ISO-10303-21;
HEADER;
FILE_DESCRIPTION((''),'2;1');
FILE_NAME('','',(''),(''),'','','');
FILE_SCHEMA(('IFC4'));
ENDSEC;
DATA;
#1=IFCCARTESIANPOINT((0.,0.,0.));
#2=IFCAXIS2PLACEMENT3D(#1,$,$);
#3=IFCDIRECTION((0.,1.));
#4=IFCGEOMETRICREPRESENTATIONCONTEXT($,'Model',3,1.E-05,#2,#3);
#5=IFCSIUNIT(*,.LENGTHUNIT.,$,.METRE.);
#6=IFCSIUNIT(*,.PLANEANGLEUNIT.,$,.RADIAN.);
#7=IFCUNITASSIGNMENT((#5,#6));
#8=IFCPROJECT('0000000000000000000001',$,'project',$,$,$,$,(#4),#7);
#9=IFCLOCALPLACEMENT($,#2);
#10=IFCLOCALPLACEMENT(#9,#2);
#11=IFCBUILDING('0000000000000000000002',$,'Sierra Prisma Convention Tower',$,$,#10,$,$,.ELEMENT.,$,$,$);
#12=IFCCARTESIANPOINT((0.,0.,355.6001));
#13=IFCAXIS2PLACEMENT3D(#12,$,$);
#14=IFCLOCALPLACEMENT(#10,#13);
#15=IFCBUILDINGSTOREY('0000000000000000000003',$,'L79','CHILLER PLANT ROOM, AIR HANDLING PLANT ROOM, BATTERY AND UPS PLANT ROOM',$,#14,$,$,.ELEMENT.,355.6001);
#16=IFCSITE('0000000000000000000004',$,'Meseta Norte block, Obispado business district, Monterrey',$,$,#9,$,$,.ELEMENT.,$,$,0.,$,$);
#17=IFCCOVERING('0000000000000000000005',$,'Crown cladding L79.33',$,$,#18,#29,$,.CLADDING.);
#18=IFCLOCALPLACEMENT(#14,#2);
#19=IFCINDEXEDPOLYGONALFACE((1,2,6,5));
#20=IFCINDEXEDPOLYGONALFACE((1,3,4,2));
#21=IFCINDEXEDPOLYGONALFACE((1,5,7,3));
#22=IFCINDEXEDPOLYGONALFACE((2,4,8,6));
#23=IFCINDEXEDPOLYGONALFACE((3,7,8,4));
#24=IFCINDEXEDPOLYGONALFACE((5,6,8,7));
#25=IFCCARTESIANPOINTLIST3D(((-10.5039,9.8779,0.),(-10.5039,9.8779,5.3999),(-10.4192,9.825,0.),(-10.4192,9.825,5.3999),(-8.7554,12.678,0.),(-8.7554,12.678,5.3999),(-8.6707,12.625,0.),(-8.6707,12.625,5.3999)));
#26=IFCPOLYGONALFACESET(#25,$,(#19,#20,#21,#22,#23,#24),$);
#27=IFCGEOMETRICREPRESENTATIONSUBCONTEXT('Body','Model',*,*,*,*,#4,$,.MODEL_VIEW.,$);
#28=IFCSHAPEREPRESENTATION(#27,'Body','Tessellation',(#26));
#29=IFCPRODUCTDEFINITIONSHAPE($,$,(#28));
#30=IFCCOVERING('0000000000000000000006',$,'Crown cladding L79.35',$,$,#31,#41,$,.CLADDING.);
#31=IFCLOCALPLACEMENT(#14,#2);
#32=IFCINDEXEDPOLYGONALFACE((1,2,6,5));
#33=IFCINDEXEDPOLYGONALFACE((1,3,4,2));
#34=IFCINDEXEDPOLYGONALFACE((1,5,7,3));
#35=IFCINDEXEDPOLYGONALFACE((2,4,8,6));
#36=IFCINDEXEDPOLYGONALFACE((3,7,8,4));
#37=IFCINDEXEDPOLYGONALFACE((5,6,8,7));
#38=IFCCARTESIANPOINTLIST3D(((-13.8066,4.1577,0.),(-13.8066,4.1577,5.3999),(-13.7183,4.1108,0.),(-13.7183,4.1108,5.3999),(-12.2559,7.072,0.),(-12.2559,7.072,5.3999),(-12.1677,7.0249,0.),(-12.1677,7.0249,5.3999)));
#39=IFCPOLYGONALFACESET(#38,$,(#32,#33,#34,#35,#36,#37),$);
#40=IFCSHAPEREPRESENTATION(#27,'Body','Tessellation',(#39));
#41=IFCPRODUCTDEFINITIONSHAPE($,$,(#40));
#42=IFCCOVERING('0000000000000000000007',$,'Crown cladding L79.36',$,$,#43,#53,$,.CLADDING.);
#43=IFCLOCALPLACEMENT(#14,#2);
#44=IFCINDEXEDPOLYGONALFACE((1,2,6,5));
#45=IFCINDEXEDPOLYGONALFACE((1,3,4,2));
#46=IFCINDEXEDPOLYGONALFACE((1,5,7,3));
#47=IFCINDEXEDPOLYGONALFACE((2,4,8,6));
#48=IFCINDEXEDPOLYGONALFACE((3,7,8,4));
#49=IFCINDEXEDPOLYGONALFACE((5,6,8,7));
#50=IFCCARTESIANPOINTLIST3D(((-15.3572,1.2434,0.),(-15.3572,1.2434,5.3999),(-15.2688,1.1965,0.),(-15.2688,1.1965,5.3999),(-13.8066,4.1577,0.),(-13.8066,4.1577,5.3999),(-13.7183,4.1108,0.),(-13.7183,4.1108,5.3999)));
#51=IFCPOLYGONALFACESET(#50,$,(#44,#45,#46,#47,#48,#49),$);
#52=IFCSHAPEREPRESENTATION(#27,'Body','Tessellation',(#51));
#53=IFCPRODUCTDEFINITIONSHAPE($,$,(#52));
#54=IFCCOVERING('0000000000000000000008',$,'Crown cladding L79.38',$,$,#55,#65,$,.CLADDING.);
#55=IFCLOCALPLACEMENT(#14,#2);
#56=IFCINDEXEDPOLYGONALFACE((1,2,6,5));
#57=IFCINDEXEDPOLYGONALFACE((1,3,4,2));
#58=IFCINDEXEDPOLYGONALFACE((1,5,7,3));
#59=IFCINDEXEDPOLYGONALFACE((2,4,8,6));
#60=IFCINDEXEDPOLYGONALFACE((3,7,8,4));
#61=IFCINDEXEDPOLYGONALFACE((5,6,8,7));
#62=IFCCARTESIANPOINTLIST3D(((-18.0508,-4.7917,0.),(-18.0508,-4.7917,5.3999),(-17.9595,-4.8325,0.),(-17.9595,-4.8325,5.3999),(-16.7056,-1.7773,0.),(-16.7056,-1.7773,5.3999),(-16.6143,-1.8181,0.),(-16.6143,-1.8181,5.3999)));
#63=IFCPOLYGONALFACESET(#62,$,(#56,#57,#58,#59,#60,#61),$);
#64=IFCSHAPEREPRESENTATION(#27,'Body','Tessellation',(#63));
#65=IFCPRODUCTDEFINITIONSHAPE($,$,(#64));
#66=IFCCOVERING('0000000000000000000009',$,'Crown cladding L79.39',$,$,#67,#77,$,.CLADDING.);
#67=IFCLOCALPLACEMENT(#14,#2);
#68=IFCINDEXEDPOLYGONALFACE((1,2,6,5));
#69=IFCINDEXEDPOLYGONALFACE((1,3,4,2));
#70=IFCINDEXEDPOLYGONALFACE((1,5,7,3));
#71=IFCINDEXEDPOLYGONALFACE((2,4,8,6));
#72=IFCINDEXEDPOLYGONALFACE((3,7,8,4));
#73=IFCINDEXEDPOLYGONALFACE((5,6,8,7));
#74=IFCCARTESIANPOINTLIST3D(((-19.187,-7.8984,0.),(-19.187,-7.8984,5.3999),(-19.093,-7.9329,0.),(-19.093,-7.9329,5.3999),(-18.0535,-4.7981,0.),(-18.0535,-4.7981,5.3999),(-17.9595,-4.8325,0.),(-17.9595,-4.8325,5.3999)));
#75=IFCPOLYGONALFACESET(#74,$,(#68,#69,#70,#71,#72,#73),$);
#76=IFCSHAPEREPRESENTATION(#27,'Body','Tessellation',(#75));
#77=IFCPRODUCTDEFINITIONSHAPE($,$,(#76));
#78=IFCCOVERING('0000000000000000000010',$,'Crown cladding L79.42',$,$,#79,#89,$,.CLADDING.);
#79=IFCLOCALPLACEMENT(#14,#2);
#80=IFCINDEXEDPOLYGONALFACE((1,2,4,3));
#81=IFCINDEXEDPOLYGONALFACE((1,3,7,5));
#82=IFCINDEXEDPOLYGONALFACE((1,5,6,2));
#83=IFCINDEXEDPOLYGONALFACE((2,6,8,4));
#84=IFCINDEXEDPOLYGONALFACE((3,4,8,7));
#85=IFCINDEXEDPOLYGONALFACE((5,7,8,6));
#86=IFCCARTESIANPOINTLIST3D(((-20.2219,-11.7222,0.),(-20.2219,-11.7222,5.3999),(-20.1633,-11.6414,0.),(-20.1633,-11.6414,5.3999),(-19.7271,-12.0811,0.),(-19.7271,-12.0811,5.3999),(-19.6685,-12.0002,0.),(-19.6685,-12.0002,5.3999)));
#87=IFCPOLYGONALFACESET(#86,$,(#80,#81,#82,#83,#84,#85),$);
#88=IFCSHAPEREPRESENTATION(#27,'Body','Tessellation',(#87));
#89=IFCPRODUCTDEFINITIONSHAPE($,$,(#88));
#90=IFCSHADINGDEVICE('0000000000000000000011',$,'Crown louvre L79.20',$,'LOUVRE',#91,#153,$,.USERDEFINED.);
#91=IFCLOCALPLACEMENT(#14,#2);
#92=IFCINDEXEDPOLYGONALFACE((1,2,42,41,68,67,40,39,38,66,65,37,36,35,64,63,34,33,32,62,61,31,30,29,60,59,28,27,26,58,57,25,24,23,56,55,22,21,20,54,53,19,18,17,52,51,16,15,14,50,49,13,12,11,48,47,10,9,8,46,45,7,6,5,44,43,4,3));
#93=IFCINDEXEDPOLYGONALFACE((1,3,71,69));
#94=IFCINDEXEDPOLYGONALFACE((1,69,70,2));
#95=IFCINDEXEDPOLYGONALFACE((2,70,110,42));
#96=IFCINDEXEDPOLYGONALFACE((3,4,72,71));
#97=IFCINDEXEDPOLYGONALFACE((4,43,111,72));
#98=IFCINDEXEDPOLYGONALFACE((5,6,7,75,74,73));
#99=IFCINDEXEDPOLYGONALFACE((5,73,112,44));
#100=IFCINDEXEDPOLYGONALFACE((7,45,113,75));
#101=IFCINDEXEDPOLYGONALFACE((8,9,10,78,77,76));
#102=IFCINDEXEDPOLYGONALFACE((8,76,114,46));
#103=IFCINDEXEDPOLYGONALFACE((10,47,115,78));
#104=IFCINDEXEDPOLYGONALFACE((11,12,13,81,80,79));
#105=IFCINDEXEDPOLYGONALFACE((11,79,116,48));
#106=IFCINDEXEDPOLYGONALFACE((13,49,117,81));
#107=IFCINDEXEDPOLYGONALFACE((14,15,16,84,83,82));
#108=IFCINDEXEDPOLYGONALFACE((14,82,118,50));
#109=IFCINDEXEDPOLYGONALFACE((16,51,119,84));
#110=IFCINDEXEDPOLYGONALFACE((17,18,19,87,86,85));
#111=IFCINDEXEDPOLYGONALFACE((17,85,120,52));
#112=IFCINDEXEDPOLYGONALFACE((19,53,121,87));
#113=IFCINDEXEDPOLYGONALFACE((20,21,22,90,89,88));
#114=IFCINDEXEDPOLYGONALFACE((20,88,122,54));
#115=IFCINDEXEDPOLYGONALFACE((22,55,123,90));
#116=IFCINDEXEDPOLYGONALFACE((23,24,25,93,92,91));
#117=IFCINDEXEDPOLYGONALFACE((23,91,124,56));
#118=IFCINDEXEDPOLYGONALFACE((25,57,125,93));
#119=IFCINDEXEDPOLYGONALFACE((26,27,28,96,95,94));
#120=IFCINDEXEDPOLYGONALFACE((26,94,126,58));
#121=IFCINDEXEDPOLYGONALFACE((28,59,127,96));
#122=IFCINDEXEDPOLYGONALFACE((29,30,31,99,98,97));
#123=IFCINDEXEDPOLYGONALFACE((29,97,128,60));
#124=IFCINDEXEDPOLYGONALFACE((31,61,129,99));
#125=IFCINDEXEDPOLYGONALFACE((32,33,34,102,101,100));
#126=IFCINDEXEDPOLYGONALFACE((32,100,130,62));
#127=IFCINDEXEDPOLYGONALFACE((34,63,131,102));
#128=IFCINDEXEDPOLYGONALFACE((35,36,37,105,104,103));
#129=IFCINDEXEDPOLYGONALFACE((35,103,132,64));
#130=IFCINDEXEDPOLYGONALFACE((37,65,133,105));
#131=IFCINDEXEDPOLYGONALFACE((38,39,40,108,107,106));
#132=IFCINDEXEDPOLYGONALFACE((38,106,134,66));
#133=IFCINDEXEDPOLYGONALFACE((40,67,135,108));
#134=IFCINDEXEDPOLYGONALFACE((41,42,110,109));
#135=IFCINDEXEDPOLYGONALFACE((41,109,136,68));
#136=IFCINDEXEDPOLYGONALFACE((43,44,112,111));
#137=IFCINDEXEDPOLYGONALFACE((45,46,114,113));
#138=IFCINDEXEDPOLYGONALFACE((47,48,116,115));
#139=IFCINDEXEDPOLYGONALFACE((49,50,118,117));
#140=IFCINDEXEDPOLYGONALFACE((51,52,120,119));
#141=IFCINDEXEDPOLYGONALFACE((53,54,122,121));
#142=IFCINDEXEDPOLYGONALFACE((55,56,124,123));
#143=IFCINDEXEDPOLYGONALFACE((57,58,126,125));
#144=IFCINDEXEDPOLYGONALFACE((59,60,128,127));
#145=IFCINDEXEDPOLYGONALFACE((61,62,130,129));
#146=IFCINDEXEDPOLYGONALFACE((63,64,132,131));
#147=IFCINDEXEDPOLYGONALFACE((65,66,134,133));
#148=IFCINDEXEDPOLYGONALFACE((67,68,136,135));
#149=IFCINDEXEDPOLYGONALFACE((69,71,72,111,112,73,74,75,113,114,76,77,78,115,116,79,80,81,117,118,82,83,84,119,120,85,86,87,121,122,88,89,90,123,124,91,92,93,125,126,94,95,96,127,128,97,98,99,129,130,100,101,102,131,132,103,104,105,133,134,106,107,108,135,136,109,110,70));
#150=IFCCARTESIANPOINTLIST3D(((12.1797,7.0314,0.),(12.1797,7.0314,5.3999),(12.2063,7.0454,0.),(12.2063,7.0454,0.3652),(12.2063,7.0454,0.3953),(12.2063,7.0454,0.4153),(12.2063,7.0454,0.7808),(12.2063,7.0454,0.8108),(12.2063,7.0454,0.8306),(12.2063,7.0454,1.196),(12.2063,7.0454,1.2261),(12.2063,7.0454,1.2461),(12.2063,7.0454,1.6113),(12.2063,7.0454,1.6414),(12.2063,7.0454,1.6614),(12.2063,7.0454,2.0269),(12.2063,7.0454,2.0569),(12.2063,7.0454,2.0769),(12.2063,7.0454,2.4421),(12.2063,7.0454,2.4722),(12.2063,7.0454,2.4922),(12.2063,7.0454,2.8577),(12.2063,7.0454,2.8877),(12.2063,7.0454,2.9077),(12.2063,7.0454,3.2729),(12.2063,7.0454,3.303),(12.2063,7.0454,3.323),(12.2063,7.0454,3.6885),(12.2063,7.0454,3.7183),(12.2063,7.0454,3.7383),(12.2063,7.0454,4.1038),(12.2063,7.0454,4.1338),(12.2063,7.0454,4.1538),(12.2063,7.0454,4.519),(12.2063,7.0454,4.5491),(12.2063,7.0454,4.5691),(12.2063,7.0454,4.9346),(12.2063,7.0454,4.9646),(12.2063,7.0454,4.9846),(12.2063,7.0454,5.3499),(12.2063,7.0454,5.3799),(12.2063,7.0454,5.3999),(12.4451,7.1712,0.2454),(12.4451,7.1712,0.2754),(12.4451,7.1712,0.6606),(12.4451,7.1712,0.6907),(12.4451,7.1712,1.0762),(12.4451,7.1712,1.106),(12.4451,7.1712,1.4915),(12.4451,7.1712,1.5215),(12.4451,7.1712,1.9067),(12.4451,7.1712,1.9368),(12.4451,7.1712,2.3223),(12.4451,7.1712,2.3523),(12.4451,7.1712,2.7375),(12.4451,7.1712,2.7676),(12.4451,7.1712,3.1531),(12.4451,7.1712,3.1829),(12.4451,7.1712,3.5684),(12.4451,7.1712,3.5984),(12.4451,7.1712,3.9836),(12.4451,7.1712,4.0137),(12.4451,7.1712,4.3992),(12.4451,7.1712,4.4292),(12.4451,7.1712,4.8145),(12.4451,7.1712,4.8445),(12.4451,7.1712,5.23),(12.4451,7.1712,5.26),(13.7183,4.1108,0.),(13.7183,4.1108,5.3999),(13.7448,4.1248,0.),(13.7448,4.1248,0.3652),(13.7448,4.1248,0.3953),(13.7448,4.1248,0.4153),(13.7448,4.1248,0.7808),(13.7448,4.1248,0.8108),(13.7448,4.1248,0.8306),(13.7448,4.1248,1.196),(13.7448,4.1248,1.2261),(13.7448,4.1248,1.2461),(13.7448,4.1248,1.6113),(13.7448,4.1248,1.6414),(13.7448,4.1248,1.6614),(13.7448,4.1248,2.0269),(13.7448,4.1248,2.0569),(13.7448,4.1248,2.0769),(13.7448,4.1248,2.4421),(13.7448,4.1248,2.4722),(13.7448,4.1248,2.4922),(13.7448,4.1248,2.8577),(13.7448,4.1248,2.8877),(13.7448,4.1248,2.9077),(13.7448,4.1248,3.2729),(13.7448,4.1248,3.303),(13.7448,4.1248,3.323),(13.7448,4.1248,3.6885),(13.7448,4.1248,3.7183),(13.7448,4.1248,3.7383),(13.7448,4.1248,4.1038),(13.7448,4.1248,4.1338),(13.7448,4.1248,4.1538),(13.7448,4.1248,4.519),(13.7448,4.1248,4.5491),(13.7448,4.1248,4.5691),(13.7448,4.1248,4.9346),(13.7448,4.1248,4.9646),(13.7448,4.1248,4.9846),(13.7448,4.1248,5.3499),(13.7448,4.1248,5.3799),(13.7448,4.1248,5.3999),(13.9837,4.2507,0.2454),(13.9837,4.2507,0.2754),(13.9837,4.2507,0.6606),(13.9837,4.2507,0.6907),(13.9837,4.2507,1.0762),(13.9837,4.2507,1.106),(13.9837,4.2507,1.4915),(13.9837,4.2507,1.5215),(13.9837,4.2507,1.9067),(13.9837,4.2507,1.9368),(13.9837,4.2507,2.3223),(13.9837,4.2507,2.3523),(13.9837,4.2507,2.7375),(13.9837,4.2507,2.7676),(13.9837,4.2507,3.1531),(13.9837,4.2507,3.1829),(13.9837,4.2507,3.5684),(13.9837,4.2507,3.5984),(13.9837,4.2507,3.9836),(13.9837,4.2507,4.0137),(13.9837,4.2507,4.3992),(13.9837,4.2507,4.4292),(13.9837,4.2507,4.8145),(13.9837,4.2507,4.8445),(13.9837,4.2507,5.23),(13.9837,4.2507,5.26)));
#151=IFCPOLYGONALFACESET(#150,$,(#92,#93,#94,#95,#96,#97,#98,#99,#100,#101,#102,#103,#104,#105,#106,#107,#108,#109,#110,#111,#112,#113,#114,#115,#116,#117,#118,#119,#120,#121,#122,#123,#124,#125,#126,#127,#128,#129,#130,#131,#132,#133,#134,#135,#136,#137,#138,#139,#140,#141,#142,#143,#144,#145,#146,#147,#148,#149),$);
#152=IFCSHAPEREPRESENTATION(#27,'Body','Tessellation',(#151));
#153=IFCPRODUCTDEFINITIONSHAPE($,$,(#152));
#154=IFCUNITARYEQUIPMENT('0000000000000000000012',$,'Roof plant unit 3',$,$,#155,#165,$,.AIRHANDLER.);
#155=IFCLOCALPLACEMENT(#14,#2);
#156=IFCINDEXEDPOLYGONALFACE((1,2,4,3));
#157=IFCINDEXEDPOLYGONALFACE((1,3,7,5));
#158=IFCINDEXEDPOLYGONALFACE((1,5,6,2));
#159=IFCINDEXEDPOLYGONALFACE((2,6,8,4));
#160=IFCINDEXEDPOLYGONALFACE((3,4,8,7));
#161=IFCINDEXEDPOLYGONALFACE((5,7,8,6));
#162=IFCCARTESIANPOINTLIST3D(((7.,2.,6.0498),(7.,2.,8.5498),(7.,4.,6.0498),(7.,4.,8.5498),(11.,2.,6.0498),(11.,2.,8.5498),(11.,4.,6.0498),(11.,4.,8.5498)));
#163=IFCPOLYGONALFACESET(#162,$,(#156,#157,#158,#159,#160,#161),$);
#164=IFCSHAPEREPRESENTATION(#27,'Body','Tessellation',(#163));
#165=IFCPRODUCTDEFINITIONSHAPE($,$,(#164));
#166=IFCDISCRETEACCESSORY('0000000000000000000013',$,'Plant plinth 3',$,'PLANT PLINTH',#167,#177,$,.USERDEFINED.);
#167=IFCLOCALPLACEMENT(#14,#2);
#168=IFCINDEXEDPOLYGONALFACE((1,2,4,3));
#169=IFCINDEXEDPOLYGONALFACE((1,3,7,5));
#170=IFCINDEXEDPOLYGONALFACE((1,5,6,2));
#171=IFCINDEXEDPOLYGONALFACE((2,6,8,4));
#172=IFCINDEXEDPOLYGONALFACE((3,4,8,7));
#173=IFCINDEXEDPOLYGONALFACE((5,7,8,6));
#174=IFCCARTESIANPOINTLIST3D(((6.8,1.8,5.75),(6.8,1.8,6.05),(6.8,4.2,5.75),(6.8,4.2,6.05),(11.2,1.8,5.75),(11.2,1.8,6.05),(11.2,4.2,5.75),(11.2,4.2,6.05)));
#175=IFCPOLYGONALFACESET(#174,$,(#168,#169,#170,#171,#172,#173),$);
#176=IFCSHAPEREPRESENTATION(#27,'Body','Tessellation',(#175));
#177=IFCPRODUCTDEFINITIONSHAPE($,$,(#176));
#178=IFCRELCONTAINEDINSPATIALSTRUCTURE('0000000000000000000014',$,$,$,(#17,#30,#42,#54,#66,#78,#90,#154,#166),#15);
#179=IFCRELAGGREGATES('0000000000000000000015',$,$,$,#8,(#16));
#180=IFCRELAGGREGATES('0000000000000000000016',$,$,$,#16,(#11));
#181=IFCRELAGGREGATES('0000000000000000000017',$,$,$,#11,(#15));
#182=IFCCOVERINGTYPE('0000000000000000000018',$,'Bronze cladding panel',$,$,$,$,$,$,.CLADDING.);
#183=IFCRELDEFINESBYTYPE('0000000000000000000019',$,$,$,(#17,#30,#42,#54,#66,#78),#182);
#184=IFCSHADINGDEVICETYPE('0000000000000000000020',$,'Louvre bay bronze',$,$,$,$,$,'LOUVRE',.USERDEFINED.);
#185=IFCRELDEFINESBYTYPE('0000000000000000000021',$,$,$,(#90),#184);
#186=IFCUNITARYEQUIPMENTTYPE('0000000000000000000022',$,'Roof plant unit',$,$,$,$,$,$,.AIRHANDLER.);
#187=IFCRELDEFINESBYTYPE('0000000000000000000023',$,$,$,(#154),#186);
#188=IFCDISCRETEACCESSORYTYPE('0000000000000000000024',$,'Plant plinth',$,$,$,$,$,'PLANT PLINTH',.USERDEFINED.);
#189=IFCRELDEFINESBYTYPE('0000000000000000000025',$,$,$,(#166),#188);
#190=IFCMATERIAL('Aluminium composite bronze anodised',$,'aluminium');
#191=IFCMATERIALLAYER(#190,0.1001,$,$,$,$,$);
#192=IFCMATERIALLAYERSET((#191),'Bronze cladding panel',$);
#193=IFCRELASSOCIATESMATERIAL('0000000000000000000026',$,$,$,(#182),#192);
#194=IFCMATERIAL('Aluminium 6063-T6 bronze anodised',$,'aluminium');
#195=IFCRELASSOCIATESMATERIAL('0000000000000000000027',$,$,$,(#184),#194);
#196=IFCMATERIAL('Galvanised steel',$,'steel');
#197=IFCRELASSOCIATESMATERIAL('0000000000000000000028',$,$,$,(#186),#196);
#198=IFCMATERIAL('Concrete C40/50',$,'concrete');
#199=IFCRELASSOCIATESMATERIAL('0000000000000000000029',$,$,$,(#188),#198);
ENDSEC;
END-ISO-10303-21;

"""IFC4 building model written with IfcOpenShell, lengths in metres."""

from ifc_helpers import new_model, si_unit, direction, frame, origin, origin_2d, place, context, subcontext, project, spatial, polyline, rectangle, outline, extrude, material, layer, layer_set, type_object, element, save


model = new_model("IFC4")

# Units and contexts
model_context = context("Model", 3, precision=1e-05, world=origin(), true_north=direction((0.0, 1.0)))
body_context = subcontext(model_context, "Body", "Model", "MODEL_VIEW")
ifc_project = project(units=[si_unit("LENGTHUNIT", "METRE"), si_unit("PLANEANGLEUNIT", "RADIAN")], contexts=[model_context])

# Site, building, storey
site_placement = place(None, origin())
site = spatial("IfcSite", under=ifc_project, at=site_placement, Name="Meseta Norte block, Obispado business district, Monterrey", CompositionType="ELEMENT", RefElevation=0.0)
building_placement = place(site_placement, origin())
building = spatial("IfcBuilding", under=site, at=building_placement, Name="Sierra Prisma Convention Tower", CompositionType="ELEMENT")
storey_placement = place(building_placement, frame((0.0, 0.0, 355.6001)))
storey = spatial("IfcBuildingStorey", under=building, at=storey_placement, Name="L79", Description="CHILLER PLANT ROOM, AIR HANDLING PLANT ROOM, BATTERY AND UPS PLANT ROOM", CompositionType="ELEMENT", Elevation=355.6001)

# Coverings
ifc_material_1 = material(Name="Aluminium composite bronze anodised", Category="aluminium")
ifc_layer_1 = layer(ifc_material_1, 0.1001)
ifc_layer_set_1 = layer_set([ifc_layer_1], Name="Bronze cladding panel")
covering_type = type_object("IfcCoveringType", Name="Bronze cladding panel", PredefinedType="CLADDING", material=ifc_layer_set_1)
covering_1_placement = place(storey_placement, origin())
element("IfcCovering", 1, at=covering_1_placement, inside=storey, type_object=covering_type, Name="Crown cladding L79.33", PredefinedType="CLADDING", context=body_context, shape_type="SweptSolid", body=[
    extrude(outline(polyline([(-8.6707, 12.625), (-10.4192, 9.825), (-10.5039, 9.8779), (-8.7554, 12.678), (-8.6707, 12.625)])), origin(), (0.0, 0.0, 1.0), 5.3999),
])
covering_2_placement = place(storey_placement, origin())
element("IfcCovering", 2, at=covering_2_placement, inside=storey, type_object=covering_type, Name="Crown cladding L79.35", PredefinedType="CLADDING", context=body_context, shape_type="SweptSolid", body=[
    extrude(outline(polyline([(-12.1677, 7.0249), (-13.7183, 4.1108), (-13.8066, 4.1577), (-12.2559, 7.072), (-12.1677, 7.0249)])), origin(), (0.0, 0.0, 1.0), 5.3999),
])
covering_3_placement = place(storey_placement, origin())
element("IfcCovering", 3, at=covering_3_placement, inside=storey, type_object=covering_type, Name="Crown cladding L79.36", PredefinedType="CLADDING", context=body_context, shape_type="SweptSolid", body=[
    extrude(outline(polyline([(-13.7183, 4.1108), (-15.2688, 1.1965), (-15.3572, 1.2434), (-13.8066, 4.1577), (-13.7183, 4.1108)])), origin(), (0.0, 0.0, 1.0), 5.3999),
])
covering_4_placement = place(storey_placement, origin())
element("IfcCovering", 4, at=covering_4_placement, inside=storey, type_object=covering_type, Name="Crown cladding L79.38", PredefinedType="CLADDING", context=body_context, shape_type="SweptSolid", body=[
    extrude(outline(polyline([(-16.6143, -1.8181), (-17.9595, -4.8325), (-18.0508, -4.7917), (-16.7056, -1.7773), (-16.6143, -1.8181)])), origin(), (0.0, 0.0, 1.0), 5.3999),
])
covering_5_placement = place(storey_placement, origin())
element("IfcCovering", 5, at=covering_5_placement, inside=storey, type_object=covering_type, Name="Crown cladding L79.39", PredefinedType="CLADDING", context=body_context, shape_type="SweptSolid", body=[
    extrude(outline(polyline([(-17.9595, -4.8325), (-19.093, -7.9329), (-19.187, -7.8984), (-18.0535, -4.7981), (-17.9595, -4.8325)])), origin(), (0.0, 0.0, 1.0), 5.3999),
])
covering_6_placement = place(storey_placement, origin())
element("IfcCovering", 6, at=covering_6_placement, inside=storey, type_object=covering_type, Name="Crown cladding L79.42", PredefinedType="CLADDING", context=body_context, shape_type="SweptSolid", body=[
    extrude(outline(polyline([(-20.1633, -11.6414), (-19.6685, -12.0002), (-19.7271, -12.0811), (-20.2219, -11.7222), (-20.1633, -11.6414)])), origin(), (0.0, 0.0, 1.0), 5.3999),
])

# Shading device
ifc_material_2 = material(Name="Aluminium 6063-T6 bronze anodised", Category="aluminium")
shading_device_type = type_object("IfcShadingDeviceType", Name="Louvre bay bronze", ElementType="LOUVRE", PredefinedType="USERDEFINED", material=ifc_material_2)
shading_device_placement = place(storey_placement, frame((13.7183, 4.1108, 0.0), z_axis=(0.466085, -0.88474, 0.0), x_axis=(0.0, 0.0, 1.0)))
element("IfcShadingDevice", 7, at=shading_device_placement, inside=storey, type_object=shading_device_type, Name="Crown louvre L79.20", ObjectType="LOUVRE", PredefinedType="USERDEFINED", context=body_context, shape_type="SweptSolid", body=[
    extrude(outline(polyline([(0.0, 0.0), (5.3999, 0.0), (5.3999, -0.03), (5.3799, -0.03), (5.26, -0.3), (5.23, -0.3), (5.3499, -0.03), (4.9846, -0.03), (4.9646, -0.03), (4.8445, -0.3), (4.8145, -0.3), (4.9346, -0.03), (4.5691, -0.03), (4.5491, -0.03), (4.4292, -0.3), (4.3992, -0.3), (4.519, -0.03), (4.1538, -0.03), (4.1338, -0.03), (4.0137, -0.3), (3.9836, -0.3), (4.1038, -0.03), (3.7383, -0.03), (3.7183, -0.03), (3.5984, -0.3), (3.5684, -0.3), (3.6885, -0.03), (3.323, -0.03), (3.303, -0.03), (3.1829, -0.3), (3.1531, -0.3), (3.2729, -0.03), (2.9077, -0.03), (2.8877, -0.03), (2.7676, -0.3), (2.7375, -0.3), (2.8577, -0.03), (2.4922, -0.03), (2.4722, -0.03), (2.3523, -0.3), (2.3223, -0.3), (2.4421, -0.03), (2.0769, -0.03), (2.0569, -0.03), (1.9368, -0.3), (1.9067, -0.3), (2.0269, -0.03), (1.6614, -0.03), (1.6414, -0.03), (1.5215, -0.3), (1.4915, -0.3), (1.6113, -0.03), (1.2461, -0.03), (1.2261, -0.03), (1.106, -0.3), (1.0762, -0.3), (1.196, -0.03), (0.8306, -0.03), (0.8108, -0.03), (0.6907, -0.3), (0.6606, -0.3), (0.7808, -0.03), (0.4153, -0.03), (0.3953, -0.03), (0.2754, -0.3), (0.2454, -0.3), (0.3652, -0.03), (0.0, -0.03), (0.0, 0.0)])), origin(), (0.0, 0.0, -1.0), 3.301),
])

# Unitary equipment
ifc_material_3 = material(Name="Galvanised steel", Category="steel")
unitary_equipment_type = type_object("IfcUnitaryEquipmentType", Name="Roof plant unit", PredefinedType="AIRHANDLER", material=ifc_material_3)
unitary_equipment_placement = place(storey_placement, frame((9.0, 3.0, 6.0498), z_axis=(0.0, 0.0, 1.0), x_axis=(1.0, 0.0, 0.0)))
element("IfcUnitaryEquipment", 8, at=unitary_equipment_placement, inside=storey, type_object=unitary_equipment_type, Name="Roof plant unit 3", PredefinedType="AIRHANDLER", context=body_context, shape_type="SweptSolid", body=[
    extrude(rectangle(XDim=4.0, YDim=2.0, at=origin_2d()), origin(), (0.0, 0.0, 1.0), 2.5),
])

# Discrete accessory
ifc_material_4 = material(Name="Concrete C40/50", Category="concrete")
discrete_accessory_type = type_object("IfcDiscreteAccessoryType", Name="Plant plinth", ElementType="PLANT PLINTH", PredefinedType="USERDEFINED", material=ifc_material_4)
discrete_accessory_placement = place(storey_placement, frame((9.0, 3.0, 5.75), z_axis=(0.0, 0.0, 1.0), x_axis=(1.0, 0.0, 0.0)))
element("IfcDiscreteAccessory", 9, at=discrete_accessory_placement, inside=storey, type_object=discrete_accessory_type, Name="Plant plinth 3", ObjectType="PLANT PLINTH", PredefinedType="USERDEFINED", context=body_context, shape_type="SweptSolid", body=[
    extrude(rectangle(XDim=4.3999, YDim=2.3999, at=origin_2d()), origin(), (0.0, 0.0, 1.0), 0.3),
])

save(model, "model.ifc")
